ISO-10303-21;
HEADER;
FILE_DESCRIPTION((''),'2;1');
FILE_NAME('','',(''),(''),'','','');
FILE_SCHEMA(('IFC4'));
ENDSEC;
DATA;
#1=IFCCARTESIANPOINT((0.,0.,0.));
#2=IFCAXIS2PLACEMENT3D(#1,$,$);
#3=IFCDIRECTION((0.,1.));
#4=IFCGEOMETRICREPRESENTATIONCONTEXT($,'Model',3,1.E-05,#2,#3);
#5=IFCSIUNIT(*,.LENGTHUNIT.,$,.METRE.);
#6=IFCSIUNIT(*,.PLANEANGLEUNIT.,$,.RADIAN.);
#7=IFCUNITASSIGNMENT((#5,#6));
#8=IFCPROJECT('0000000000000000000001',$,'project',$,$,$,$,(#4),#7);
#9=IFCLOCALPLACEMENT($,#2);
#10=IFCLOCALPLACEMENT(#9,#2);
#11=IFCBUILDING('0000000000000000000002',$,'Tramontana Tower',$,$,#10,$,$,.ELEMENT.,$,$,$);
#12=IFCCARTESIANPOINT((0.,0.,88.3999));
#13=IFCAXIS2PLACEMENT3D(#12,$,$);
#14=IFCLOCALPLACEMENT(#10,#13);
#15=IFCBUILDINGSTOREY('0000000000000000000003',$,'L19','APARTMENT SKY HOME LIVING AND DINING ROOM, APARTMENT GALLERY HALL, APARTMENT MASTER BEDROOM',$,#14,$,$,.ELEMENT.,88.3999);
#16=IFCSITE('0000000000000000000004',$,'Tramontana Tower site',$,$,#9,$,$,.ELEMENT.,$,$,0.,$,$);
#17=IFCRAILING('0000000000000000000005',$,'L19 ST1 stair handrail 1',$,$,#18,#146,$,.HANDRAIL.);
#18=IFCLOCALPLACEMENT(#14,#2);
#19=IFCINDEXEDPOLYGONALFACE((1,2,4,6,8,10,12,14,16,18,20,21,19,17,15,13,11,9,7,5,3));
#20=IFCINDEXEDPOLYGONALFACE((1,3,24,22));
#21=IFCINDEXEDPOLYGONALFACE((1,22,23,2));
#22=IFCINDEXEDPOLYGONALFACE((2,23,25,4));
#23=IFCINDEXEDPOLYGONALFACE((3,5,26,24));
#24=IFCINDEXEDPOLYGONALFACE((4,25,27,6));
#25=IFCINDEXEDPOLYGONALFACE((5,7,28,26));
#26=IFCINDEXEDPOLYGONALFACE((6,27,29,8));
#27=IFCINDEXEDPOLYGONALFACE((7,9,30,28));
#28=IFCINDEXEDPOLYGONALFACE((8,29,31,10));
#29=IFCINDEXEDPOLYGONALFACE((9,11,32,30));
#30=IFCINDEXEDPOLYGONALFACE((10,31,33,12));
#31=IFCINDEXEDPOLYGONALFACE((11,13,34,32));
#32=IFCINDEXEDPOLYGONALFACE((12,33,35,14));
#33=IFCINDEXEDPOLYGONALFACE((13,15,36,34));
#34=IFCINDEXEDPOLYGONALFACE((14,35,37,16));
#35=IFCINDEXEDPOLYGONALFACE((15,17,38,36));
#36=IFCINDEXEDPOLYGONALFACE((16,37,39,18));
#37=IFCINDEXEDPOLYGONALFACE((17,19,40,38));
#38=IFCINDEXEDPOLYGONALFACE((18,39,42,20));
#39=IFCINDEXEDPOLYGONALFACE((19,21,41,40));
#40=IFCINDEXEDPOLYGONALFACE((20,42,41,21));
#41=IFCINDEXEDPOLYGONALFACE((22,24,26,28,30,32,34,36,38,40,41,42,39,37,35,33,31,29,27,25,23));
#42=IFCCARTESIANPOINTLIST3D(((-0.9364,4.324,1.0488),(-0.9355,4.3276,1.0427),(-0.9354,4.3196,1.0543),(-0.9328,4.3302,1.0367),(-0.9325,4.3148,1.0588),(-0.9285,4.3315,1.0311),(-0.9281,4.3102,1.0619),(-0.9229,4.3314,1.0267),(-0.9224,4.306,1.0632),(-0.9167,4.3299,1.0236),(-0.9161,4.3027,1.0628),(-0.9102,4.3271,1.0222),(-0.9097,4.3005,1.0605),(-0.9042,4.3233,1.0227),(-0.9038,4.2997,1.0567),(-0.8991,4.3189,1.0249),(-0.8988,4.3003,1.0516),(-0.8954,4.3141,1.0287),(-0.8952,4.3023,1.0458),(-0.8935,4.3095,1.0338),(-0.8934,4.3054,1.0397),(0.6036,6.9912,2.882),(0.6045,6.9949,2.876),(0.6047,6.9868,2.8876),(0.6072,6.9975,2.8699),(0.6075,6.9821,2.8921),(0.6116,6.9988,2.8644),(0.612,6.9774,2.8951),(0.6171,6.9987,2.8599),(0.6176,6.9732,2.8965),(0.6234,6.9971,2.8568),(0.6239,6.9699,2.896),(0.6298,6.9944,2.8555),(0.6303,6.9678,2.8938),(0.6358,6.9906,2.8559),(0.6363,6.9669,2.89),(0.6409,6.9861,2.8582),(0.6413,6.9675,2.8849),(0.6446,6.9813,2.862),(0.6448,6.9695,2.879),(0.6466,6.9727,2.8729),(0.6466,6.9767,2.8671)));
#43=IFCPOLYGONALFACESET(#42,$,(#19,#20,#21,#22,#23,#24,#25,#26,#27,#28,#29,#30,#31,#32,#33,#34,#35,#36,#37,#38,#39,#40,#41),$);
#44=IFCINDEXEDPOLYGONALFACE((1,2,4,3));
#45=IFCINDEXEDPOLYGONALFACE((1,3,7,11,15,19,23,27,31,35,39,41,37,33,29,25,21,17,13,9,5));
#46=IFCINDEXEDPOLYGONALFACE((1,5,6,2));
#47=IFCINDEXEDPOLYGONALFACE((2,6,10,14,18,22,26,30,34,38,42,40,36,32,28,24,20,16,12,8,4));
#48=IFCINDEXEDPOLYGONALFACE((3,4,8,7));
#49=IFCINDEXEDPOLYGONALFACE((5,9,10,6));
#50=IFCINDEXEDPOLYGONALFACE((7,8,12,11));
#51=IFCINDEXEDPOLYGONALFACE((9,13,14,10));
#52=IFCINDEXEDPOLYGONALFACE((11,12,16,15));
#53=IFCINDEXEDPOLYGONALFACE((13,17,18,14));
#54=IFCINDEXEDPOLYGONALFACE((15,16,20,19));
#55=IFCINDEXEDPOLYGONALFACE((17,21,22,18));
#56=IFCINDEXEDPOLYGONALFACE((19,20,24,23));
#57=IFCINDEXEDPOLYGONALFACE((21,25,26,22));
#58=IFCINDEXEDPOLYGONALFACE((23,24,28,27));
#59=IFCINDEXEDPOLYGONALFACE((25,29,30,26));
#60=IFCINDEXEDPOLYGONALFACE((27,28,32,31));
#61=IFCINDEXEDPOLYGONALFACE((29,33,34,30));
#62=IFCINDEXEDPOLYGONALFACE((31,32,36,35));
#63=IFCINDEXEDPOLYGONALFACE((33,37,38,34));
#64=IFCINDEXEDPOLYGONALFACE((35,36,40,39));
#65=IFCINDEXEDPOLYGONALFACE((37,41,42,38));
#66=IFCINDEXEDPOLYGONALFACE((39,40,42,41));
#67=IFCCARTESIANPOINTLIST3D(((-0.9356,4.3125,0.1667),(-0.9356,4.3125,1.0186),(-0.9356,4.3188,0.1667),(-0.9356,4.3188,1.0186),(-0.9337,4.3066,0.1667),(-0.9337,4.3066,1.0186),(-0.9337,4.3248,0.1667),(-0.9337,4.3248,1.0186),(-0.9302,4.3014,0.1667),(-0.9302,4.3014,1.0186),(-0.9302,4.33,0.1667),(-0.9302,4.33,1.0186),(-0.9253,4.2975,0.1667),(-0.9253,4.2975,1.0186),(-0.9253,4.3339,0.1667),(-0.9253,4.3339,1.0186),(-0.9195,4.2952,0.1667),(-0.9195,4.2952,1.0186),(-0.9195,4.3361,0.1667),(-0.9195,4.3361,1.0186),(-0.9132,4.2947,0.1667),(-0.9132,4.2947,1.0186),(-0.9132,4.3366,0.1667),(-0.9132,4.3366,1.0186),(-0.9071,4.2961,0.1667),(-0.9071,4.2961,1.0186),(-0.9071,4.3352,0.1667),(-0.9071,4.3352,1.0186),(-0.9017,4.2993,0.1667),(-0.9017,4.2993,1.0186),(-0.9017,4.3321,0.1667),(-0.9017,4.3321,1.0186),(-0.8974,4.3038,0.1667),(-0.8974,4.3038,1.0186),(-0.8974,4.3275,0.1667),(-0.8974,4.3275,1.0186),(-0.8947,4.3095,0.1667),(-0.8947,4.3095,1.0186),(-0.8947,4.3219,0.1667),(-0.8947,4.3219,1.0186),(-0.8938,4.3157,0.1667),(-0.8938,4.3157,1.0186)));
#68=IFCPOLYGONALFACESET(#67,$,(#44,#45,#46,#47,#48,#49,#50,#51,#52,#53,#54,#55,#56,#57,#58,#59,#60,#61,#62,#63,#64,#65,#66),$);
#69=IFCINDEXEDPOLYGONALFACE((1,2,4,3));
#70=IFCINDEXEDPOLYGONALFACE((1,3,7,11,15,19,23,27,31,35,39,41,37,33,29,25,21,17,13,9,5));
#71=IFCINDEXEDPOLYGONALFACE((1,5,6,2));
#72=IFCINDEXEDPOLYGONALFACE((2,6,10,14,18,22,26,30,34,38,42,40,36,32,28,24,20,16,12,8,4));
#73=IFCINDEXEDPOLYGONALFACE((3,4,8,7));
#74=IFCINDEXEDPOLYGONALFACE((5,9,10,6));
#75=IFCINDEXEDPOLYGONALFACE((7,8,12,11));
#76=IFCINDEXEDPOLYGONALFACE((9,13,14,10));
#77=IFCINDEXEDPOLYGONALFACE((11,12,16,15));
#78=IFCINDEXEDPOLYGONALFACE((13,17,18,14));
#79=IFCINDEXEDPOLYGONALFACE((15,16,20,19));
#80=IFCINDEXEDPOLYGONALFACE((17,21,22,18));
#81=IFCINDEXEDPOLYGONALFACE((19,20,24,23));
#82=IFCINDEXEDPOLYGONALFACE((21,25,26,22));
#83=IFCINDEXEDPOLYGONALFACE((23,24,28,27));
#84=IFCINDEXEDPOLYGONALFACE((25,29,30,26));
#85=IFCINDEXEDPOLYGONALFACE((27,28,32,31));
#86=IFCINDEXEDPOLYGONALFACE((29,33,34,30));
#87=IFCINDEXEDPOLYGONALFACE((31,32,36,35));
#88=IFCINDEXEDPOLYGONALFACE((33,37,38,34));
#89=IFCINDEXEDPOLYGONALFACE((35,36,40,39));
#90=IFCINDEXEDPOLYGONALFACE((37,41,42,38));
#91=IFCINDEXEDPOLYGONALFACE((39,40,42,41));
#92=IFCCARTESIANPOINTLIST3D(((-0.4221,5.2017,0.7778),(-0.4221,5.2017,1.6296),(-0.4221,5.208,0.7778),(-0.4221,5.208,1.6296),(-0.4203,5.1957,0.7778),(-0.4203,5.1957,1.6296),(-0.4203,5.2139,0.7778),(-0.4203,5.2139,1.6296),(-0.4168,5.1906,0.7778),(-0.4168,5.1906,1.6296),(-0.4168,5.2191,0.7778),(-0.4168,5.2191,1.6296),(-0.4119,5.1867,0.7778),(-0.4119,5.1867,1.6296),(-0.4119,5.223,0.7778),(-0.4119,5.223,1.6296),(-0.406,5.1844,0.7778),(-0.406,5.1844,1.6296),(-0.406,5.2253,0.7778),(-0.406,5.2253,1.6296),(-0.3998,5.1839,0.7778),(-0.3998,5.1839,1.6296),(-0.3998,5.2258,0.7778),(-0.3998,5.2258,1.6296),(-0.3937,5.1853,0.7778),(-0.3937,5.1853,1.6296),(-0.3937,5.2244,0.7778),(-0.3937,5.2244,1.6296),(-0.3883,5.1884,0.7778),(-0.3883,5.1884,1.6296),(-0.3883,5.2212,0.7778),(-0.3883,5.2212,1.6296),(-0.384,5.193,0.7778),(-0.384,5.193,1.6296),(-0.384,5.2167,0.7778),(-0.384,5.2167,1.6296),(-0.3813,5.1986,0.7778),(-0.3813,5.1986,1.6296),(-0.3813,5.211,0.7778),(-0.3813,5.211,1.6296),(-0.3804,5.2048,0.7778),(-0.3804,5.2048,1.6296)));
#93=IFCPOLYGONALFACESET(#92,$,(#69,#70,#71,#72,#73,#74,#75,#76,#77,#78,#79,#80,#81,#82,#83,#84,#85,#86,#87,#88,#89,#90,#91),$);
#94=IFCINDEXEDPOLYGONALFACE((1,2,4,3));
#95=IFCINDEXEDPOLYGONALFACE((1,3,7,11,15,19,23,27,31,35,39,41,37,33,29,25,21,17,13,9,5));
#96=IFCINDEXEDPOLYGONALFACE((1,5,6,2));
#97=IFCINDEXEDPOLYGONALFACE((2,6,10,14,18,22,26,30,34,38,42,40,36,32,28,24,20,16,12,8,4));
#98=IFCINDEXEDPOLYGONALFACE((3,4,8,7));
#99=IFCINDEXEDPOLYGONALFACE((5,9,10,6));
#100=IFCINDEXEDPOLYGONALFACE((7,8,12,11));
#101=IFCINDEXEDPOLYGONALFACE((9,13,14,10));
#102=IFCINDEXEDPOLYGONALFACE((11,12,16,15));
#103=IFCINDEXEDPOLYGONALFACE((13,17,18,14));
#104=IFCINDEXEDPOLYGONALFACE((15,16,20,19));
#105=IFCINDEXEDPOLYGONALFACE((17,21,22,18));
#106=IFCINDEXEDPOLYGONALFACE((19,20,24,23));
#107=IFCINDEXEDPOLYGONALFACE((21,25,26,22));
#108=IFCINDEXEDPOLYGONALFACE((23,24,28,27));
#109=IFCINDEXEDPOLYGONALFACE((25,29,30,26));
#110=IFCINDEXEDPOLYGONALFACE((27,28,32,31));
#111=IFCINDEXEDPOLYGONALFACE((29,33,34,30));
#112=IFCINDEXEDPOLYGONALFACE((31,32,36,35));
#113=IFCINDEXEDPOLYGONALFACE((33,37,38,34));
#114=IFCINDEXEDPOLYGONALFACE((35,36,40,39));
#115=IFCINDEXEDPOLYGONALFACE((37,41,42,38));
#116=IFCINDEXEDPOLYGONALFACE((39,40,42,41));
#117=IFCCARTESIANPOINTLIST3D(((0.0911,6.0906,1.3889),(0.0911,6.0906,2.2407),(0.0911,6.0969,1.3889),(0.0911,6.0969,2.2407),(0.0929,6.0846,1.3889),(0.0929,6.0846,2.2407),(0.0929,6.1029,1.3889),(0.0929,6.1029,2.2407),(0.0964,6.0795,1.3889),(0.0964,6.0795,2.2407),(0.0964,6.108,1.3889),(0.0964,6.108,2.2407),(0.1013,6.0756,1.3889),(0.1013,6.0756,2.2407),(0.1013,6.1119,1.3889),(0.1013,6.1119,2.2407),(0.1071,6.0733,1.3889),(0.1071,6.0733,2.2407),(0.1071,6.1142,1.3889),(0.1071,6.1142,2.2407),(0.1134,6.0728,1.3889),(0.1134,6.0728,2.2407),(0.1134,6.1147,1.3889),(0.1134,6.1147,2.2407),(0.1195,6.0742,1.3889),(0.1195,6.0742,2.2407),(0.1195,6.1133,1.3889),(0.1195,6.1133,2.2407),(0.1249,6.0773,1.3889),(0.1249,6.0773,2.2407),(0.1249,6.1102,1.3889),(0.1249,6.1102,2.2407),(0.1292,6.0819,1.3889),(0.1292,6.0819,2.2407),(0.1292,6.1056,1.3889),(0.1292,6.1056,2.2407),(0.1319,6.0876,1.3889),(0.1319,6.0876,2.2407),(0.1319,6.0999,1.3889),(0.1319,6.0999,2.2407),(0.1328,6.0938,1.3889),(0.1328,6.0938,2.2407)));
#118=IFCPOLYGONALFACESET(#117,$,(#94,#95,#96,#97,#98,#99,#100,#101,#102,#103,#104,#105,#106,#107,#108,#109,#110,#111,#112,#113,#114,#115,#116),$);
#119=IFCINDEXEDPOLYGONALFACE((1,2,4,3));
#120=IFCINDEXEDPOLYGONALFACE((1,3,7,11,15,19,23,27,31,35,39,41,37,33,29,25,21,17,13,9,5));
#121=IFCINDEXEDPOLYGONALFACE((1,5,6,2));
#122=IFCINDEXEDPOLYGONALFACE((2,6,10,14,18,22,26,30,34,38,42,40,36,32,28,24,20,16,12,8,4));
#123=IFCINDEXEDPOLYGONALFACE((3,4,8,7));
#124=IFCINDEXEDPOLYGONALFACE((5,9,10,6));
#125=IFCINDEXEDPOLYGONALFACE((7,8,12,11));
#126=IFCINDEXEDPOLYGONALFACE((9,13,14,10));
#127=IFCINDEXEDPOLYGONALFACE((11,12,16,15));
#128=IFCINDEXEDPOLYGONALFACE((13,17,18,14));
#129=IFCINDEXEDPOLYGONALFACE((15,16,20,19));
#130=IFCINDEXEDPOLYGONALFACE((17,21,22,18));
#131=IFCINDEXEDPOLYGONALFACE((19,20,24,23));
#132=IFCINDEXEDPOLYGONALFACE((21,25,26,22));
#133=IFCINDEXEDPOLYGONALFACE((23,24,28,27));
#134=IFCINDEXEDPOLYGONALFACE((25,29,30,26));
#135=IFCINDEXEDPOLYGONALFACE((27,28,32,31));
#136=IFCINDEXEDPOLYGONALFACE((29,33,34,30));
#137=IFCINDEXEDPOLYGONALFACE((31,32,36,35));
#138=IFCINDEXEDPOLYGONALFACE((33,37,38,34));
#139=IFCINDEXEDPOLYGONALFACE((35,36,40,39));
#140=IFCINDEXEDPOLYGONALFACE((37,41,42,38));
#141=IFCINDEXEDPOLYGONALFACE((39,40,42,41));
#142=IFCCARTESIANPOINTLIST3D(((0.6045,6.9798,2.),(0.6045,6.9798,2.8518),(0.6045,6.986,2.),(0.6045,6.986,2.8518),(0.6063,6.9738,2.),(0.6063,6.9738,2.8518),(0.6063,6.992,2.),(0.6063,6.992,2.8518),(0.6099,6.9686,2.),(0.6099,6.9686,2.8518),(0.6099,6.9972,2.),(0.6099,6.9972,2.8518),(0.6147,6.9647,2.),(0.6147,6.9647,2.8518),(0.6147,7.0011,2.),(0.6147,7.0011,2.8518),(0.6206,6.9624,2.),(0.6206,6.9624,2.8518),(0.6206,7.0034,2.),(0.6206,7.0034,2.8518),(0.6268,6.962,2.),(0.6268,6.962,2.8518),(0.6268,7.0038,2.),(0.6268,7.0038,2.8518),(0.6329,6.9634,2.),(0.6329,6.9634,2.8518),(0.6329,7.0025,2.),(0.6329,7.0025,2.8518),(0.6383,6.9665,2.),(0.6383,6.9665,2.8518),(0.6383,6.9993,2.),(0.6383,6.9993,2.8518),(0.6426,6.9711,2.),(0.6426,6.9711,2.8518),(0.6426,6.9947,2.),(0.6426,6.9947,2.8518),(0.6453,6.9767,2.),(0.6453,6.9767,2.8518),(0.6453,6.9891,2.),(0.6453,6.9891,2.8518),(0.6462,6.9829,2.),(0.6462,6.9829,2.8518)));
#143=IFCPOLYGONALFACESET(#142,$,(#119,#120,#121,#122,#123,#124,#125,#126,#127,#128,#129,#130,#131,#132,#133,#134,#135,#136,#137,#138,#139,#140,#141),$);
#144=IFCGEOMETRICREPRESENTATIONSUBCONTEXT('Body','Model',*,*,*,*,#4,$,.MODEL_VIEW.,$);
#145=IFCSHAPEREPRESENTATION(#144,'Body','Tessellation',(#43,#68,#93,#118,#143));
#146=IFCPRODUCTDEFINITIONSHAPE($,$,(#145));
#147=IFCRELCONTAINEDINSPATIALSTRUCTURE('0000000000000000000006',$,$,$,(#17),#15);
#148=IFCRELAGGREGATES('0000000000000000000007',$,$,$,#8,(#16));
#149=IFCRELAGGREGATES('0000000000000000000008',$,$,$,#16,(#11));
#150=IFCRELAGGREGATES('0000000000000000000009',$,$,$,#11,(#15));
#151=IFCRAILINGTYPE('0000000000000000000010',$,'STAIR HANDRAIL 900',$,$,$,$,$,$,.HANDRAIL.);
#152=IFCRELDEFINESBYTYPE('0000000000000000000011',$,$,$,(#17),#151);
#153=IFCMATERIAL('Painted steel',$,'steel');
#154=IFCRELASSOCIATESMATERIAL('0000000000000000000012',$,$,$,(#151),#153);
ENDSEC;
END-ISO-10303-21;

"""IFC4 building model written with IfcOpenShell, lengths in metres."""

from ifc_helpers import new_model, si_unit, direction, frame, origin, origin_2d, place, context, subcontext, project, spatial, circle, extrude, material, type_object, element, save


model = new_model("IFC4")

# Units and contexts
model_context = context("Model", 3, precision=1e-05, world=origin(), true_north=direction((0.0, 1.0)))
body_context = subcontext(model_context, "Body", "Model", "MODEL_VIEW")
ifc_project = project(units=[si_unit("LENGTHUNIT", "METRE"), si_unit("PLANEANGLEUNIT", "RADIAN")], contexts=[model_context])

# Site, building, storey
site_placement = place(None, origin())
site = spatial("IfcSite", under=ifc_project, at=site_placement, Name="Tramontana Tower site", CompositionType="ELEMENT", RefElevation=0.0)
building_placement = place(site_placement, origin())
building = spatial("IfcBuilding", under=site, at=building_placement, Name="Tramontana Tower", CompositionType="ELEMENT")
storey_placement = place(building_placement, frame((0.0, 0.0, 88.3999)))
storey = spatial("IfcBuildingStorey", under=building, at=storey_placement, Name="L19", Description="APARTMENT SKY HOME LIVING AND DINING ROOM, APARTMENT GALLERY HALL, APARTMENT MASTER BEDROOM", CompositionType="ELEMENT", Elevation=88.3999)

# Railing
ifc_material_1 = material(Name="Painted steel", Category="steel")
railing_type_1 = type_object("IfcRailingType", Name="STAIR HANDRAIL 900", PredefinedType="HANDRAIL", material=ifc_material_1)
railing_1_placement = place(storey_placement, frame((-0.9148, 4.3157, 0.1667)))
element("IfcRailing", 1, at=railing_1_placement, inside=storey, type_object=railing_type_1, Name="L19 ST1 stair handrail 1", PredefinedType="HANDRAIL", context=body_context, shape_type="SweptSolid", body=[
    extrude(circle(Radius=0.0239, at=origin_2d()), frame((0.0, 0.0, 0.876), z_axis=(0.429671, 0.744159, 0.511478), x_axis=(-0.86601, 0.500027, 0.0)), (0.0, 0.0, 1.0), 3.5842),
    extrude(circle(Radius=0.021, at=origin_2d()), origin(), (0.0, 0.0, 1.0), 0.8518),
    extrude(circle(Radius=0.021, at=origin_2d()), frame((0.5134, 0.8892, 0.6111)), (0.0, 0.0, 1.0), 0.8518),
    extrude(circle(Radius=0.021, at=origin_2d()), frame((1.0266, 1.7781, 1.2222)), (0.0, 0.0, 1.0), 0.8518),
    extrude(circle(Radius=0.021, at=origin_2d()), frame((1.54, 2.6672, 1.8333)), (0.0, 0.0, 1.0), 0.8518),
])

save(model, "model.ifc")
